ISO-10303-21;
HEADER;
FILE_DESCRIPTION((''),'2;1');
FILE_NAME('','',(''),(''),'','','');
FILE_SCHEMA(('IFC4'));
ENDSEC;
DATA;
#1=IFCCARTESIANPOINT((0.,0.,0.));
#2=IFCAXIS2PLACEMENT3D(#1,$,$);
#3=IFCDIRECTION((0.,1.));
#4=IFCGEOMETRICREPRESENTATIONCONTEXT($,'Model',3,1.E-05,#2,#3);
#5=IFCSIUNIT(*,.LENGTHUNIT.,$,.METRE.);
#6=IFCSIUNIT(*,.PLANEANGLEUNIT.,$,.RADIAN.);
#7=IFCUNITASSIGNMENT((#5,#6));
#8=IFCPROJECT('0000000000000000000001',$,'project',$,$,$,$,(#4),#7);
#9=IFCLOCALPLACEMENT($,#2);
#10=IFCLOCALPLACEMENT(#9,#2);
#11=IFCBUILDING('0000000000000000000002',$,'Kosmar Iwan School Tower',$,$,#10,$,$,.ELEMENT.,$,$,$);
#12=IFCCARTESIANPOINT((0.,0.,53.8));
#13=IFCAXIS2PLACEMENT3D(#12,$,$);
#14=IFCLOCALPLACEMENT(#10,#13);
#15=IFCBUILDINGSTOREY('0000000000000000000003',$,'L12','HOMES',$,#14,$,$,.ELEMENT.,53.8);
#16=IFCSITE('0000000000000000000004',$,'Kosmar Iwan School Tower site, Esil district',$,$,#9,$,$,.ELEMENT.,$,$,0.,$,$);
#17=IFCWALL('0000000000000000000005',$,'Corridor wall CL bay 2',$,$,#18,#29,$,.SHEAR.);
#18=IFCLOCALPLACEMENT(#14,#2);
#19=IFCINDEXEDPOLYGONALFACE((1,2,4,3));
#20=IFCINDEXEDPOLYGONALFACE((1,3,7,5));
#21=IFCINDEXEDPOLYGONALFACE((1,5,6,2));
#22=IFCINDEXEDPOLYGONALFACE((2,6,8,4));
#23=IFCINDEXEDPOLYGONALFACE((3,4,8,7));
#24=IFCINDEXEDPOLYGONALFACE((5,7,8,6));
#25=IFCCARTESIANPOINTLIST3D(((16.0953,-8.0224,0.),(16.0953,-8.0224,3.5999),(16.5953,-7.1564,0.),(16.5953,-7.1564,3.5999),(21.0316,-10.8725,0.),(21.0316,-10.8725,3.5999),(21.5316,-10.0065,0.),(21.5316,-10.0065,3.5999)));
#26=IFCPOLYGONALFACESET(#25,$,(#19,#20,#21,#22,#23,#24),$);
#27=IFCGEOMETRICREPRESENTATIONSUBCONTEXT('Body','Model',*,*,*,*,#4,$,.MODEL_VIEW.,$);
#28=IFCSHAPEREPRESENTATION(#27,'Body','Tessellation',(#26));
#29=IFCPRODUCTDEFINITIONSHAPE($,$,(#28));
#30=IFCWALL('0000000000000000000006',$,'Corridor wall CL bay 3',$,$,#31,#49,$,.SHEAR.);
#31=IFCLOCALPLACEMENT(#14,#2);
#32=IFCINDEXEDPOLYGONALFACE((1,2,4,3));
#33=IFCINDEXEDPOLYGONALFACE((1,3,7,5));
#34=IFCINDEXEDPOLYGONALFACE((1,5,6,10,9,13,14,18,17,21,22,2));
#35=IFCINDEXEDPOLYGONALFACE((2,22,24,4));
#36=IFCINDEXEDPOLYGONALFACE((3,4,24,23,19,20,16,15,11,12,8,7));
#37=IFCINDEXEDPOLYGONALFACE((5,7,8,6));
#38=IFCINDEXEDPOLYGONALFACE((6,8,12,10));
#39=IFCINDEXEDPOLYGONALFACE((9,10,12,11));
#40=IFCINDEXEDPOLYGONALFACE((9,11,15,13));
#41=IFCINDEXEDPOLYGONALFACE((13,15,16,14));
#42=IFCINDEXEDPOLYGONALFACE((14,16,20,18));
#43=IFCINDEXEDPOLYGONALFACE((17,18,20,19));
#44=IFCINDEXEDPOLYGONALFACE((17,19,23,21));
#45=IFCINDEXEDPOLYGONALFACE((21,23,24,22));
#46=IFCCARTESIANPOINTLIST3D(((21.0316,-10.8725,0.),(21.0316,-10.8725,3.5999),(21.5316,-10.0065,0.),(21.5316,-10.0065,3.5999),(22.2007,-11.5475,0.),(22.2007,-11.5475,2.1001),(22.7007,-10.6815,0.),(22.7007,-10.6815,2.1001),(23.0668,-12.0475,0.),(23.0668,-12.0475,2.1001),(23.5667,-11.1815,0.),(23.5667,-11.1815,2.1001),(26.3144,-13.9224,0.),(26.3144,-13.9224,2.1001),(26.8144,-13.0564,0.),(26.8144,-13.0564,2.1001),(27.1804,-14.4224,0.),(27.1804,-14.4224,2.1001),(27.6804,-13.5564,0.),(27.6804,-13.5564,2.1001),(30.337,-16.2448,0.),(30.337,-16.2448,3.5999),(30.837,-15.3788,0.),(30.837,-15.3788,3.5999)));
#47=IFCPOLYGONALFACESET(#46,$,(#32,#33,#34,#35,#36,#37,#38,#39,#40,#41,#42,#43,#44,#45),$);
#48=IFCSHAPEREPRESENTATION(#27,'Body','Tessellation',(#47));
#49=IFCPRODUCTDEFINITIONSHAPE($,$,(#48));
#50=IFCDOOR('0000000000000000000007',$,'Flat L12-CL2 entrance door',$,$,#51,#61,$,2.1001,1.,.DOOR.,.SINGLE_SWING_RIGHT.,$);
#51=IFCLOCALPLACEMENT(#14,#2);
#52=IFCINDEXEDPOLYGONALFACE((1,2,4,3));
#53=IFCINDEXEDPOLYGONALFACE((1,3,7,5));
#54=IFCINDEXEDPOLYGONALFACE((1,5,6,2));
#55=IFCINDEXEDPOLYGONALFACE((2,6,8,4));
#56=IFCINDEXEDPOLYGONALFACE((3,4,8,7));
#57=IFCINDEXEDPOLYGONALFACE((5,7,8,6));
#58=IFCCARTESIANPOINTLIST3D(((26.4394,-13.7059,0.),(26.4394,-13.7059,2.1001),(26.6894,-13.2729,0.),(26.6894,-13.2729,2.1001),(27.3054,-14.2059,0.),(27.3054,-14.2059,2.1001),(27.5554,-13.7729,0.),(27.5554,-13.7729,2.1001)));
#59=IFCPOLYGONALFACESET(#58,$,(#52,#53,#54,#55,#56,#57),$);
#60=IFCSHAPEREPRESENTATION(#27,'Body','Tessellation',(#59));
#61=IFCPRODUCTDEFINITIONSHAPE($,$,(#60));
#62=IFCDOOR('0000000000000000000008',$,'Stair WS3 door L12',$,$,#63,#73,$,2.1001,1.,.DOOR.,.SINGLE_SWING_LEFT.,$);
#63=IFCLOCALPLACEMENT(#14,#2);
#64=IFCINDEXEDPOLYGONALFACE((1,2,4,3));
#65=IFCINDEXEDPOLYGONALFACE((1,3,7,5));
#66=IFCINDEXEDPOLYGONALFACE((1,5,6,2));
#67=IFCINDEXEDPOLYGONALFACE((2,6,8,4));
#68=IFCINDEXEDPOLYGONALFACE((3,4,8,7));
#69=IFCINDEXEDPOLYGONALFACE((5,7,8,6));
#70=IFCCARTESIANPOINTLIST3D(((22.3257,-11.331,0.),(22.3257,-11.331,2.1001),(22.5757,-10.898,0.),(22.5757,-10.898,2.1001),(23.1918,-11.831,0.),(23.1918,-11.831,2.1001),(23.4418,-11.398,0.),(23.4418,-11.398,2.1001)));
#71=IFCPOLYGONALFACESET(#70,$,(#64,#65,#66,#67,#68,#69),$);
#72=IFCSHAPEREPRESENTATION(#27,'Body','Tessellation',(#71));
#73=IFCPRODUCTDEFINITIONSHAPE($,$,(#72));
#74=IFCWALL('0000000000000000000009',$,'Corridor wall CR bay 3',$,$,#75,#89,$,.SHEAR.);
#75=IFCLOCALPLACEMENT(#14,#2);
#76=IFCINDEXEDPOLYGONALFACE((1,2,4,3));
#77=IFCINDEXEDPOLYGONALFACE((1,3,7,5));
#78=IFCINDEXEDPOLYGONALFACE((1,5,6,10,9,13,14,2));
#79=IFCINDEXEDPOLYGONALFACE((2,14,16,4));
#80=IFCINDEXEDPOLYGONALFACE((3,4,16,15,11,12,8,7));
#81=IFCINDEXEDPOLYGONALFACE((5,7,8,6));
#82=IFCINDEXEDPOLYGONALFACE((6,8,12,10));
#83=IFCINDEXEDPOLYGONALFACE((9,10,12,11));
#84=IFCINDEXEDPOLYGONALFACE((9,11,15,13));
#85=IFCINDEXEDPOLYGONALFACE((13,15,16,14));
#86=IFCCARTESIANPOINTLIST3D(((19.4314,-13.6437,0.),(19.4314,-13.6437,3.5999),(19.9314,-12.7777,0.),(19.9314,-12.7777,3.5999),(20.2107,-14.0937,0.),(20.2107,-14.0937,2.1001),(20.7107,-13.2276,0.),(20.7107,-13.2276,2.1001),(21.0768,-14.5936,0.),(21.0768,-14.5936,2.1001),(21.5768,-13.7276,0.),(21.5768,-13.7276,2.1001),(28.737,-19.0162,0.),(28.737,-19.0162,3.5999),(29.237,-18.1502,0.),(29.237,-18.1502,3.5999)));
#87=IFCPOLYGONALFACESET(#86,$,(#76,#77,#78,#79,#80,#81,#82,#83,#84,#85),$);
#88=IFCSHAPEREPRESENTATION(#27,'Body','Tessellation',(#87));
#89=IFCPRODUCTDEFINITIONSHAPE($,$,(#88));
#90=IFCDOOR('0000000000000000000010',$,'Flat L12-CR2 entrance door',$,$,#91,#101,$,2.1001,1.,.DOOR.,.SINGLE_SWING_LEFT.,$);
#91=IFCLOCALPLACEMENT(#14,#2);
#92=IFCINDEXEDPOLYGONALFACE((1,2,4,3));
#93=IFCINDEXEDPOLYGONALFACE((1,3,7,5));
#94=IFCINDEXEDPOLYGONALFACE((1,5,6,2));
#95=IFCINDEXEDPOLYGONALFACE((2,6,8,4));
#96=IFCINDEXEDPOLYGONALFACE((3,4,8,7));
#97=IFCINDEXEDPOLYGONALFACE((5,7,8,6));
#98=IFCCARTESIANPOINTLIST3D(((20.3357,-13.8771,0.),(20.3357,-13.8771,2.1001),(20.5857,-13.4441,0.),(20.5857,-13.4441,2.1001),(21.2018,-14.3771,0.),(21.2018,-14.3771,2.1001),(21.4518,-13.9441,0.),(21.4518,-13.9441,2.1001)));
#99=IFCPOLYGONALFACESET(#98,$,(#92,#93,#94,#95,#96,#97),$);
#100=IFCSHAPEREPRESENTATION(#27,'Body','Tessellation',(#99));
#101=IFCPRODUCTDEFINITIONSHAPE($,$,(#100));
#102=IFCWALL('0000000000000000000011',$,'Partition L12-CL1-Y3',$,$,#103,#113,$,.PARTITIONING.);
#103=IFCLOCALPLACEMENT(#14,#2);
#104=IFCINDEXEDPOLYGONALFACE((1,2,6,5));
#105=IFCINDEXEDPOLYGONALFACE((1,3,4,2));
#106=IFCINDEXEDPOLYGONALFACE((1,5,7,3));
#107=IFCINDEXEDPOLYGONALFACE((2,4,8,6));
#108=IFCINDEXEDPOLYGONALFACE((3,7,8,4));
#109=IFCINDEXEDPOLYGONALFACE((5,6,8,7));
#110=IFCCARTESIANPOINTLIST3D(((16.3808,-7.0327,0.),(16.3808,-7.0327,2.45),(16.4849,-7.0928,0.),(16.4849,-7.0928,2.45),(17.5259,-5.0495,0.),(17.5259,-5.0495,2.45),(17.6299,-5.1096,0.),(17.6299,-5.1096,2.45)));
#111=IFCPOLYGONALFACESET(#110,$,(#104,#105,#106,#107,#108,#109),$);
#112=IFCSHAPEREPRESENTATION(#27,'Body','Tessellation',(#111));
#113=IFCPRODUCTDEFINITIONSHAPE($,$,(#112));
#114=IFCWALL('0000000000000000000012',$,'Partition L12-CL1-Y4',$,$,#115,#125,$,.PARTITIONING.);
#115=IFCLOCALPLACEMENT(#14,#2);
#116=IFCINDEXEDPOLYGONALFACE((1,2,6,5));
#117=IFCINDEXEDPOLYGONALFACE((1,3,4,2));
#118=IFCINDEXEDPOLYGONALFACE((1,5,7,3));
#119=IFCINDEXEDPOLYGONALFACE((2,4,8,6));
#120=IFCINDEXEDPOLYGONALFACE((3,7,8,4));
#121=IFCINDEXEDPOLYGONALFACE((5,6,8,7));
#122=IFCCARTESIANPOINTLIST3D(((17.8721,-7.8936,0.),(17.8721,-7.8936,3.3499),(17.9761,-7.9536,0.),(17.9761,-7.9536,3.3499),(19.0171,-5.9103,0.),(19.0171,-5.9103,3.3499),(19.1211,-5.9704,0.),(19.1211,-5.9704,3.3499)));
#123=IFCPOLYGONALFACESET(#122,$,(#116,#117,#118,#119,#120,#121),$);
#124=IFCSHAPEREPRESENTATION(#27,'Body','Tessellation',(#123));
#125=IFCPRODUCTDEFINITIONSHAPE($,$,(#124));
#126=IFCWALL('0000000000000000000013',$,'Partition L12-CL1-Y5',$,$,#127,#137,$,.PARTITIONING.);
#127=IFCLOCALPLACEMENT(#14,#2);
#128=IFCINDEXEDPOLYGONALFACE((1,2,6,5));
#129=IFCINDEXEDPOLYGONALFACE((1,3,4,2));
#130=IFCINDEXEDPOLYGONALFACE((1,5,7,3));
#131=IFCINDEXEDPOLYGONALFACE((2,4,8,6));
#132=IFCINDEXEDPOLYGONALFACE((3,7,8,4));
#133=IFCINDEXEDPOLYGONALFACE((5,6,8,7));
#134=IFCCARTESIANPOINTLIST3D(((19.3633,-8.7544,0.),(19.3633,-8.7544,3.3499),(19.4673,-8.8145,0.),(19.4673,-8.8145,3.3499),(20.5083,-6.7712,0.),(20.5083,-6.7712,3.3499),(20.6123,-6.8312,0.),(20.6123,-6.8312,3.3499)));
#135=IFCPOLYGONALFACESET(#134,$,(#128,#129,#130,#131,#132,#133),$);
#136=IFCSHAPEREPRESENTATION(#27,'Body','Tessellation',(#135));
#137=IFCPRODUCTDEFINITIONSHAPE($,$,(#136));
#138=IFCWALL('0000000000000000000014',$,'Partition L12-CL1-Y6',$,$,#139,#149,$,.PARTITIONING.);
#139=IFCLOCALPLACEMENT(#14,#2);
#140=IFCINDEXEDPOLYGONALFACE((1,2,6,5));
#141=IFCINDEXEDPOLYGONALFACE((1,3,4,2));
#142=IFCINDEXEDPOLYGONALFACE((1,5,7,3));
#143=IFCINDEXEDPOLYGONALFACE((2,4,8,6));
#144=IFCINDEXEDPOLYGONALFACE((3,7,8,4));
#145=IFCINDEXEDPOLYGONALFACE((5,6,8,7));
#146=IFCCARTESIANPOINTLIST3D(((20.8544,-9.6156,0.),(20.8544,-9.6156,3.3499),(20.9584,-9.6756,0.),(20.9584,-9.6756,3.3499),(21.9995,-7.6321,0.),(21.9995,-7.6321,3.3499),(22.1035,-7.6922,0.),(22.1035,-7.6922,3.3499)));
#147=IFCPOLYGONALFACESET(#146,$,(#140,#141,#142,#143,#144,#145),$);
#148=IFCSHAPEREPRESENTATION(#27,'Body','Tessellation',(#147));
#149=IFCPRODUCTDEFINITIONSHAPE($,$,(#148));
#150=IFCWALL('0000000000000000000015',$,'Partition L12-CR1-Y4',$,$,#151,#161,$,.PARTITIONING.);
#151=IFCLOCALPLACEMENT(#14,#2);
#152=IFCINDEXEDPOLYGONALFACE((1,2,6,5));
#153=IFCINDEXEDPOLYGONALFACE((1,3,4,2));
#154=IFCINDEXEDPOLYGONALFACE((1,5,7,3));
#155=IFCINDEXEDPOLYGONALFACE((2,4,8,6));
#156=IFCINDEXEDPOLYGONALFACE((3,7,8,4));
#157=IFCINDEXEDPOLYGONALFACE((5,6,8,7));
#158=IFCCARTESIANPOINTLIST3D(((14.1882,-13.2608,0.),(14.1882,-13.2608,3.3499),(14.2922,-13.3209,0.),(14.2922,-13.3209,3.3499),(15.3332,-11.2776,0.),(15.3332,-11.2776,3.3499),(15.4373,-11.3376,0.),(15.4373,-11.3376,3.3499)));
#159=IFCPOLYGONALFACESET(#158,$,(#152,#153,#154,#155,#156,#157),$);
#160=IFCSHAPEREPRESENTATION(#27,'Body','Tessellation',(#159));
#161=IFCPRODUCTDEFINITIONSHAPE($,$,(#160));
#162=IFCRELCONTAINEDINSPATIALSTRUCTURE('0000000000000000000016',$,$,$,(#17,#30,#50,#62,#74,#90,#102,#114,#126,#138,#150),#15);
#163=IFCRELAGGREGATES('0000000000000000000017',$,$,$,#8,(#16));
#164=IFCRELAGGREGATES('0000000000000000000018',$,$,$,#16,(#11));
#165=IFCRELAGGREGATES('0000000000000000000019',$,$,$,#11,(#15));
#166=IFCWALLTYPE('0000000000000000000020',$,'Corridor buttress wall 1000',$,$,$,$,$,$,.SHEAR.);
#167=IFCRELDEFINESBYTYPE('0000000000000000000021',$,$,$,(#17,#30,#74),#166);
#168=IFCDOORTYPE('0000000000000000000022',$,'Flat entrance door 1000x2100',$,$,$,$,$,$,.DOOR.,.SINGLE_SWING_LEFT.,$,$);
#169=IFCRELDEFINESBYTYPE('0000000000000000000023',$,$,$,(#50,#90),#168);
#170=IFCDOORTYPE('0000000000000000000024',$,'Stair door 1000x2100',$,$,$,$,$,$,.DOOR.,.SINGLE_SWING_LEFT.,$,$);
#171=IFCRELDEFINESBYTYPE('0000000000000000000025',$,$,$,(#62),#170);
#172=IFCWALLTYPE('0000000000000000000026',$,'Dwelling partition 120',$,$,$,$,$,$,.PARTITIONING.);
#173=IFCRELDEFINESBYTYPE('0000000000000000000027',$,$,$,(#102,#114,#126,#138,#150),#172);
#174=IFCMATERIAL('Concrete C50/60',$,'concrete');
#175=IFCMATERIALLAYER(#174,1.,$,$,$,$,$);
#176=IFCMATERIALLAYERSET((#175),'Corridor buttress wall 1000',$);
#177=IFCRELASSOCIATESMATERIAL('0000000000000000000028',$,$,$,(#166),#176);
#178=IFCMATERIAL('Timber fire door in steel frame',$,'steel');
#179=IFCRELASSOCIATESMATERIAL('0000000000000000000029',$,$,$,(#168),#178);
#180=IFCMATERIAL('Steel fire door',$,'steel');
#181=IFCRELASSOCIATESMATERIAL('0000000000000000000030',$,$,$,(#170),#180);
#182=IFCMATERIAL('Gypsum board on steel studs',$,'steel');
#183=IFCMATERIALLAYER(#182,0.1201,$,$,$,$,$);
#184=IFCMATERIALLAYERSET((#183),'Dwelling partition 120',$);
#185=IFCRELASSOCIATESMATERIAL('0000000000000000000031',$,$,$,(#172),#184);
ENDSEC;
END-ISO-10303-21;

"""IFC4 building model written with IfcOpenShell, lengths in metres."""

from ifc_helpers import new_model, si_unit, direction, frame, frame_2d, origin, place, context, subcontext, project, spatial, rectangle, extrude, material, layer, layer_set, type_object, element, fill, save


model = new_model("IFC4")

# Units and contexts
model_context = context("Model", 3, precision=1e-05, world=origin(), true_north=direction((0.0, 1.0)))
body_context = subcontext(model_context, "Body", "Model", "MODEL_VIEW")
ifc_project = project(units=[si_unit("LENGTHUNIT", "METRE"), si_unit("PLANEANGLEUNIT", "RADIAN")], contexts=[model_context])

# Site, building, storey
site_placement = place(None, origin())
site = spatial("IfcSite", under=ifc_project, at=site_placement, Name="Kosmar Iwan School Tower site, Esil district", CompositionType="ELEMENT", RefElevation=0.0)
building_placement = place(site_placement, origin())
building = spatial("IfcBuilding", under=site, at=building_placement, Name="Kosmar Iwan School Tower", CompositionType="ELEMENT")
storey_placement = place(building_placement, frame((0.0, 0.0, 53.8)))
storey = spatial("IfcBuildingStorey", under=building, at=storey_placement, Name="L12", Description="HOMES", CompositionType="ELEMENT", Elevation=53.8)

# Wall
ifc_material_1 = material(Name="Concrete C50/60", Category="concrete")
ifc_layer_1 = layer(ifc_material_1, 1.0)
ifc_layer_set_1 = layer_set([ifc_layer_1], Name="Corridor buttress wall 1000")
wall_type_1 = type_object("IfcWallType", Name="Corridor buttress wall 1000", PredefinedType="SHEAR", material=ifc_layer_set_1)
wall_1_placement = place(storey_placement, frame((16.3452, -7.5894, 0.0), z_axis=(0.0, 0.0, 1.0), x_axis=(0.866015, -0.500018, 0.0)))
element("IfcWall", 1, at=wall_1_placement, inside=storey, type_object=wall_type_1, Name="Corridor wall CL bay 2", PredefinedType="SHEAR", context=body_context, shape_type="SweptSolid", body=[
    extrude(rectangle(XDim=5.7, YDim=1.0, at=frame_2d((2.8501, 0.0))), origin(), (0.0, 0.0, 1.0), 3.5999),
])

# Wall, openings, doors
wall_2_placement = place(storey_placement, frame((21.2815, -10.4395, 0.0), z_axis=(0.0, 0.0, 1.0), x_axis=(0.866032, -0.499988, 0.0)))
wall_2 = element("IfcWall", 2, at=wall_2_placement, inside=storey, type_object=wall_type_1, Name="Corridor wall CL bay 3", PredefinedType="SHEAR", context=body_context, shape_type="SweptSolid", body=[
    extrude(rectangle(XDim=10.7449, YDim=1.0, at=frame_2d((5.3726, 0.0))), origin(), (0.0, 0.0, 1.0), 3.5999),
])
opening_1_placement = place(wall_2_placement, frame((6.1001, 0.0, 0.0)))
opening_1 = element("IfcOpeningElement", 3, at=opening_1_placement, cuts=wall_2, PredefinedType="OPENING", context=body_context, shape_type="SweptSolid", body=[
    extrude(rectangle(XDim=1.0, YDim=2.1001, at=frame_2d((0.5, 1.05))), frame((0.0, 0.512, 0.0), z_axis=(0.0, -1.0, 0.0), x_axis=(1.0, 0.0, 0.0)), (0.0, 0.0, 1.0), 1.0239),
])
opening_2_placement = place(wall_2_placement, frame((1.3501, 0.0, 0.0)))
opening_2 = element("IfcOpeningElement", 4, at=opening_2_placement, cuts=wall_2, PredefinedType="OPENING", context=body_context, shape_type="SweptSolid", body=[
    extrude(rectangle(XDim=1.0, YDim=2.1001, at=frame_2d((0.5, 1.05))), frame((0.0, 0.512, 0.0), z_axis=(0.0, -1.0, 0.0), x_axis=(1.0, 0.0, 0.0)), (0.0, 0.0, 1.0), 1.0239),
])
ifc_material_2 = material(Name="Timber fire door in steel frame", Category="steel")
door_type_1 = type_object("IfcDoorType", Name="Flat entrance door 1000x2100", OperationType="SINGLE_SWING_LEFT", PredefinedType="DOOR", material=ifc_material_2)
door_1_placement = place(opening_1_placement, origin())
door_1 = element("IfcDoor", 5, at=door_1_placement, inside=storey, type_object=door_type_1, Name="Flat L12-CL2 entrance door", OperationType="SINGLE_SWING_RIGHT", OverallHeight=2.1001, OverallWidth=1.0, PredefinedType="DOOR", context=body_context, shape_type="SweptSolid", body=[
    extrude(rectangle(XDim=1.0, YDim=2.1001, at=frame_2d((0.5, 1.05))), frame((0.0, 0.25, 0.0), z_axis=(0.0, -1.0, 0.0), x_axis=(1.0, 0.0, 0.0)), (0.0, 0.0, 1.0), 0.5),
])
fill(opening_1, door_1)
ifc_material_3 = material(Name="Steel fire door", Category="steel")
door_type_2 = type_object("IfcDoorType", Name="Stair door 1000x2100", OperationType="SINGLE_SWING_LEFT", PredefinedType="DOOR", material=ifc_material_3)
door_2_placement = place(opening_2_placement, origin())
door_2 = element("IfcDoor", 6, at=door_2_placement, inside=storey, type_object=door_type_2, Name="Stair WS3 door L12", OperationType="SINGLE_SWING_LEFT", OverallHeight=2.1001, OverallWidth=1.0, PredefinedType="DOOR", context=body_context, shape_type="SweptSolid", body=[
    extrude(rectangle(XDim=1.0, YDim=2.1001, at=frame_2d((0.5, 1.05))), frame((0.0, 0.25, 0.0), z_axis=(0.0, -1.0, 0.0), x_axis=(1.0, 0.0, 0.0)), (0.0, 0.0, 1.0), 0.5),
])
fill(opening_2, door_2)

# Wall, opening, door
wall_3_placement = place(storey_placement, frame((19.6814, -13.2107, 0.0), z_axis=(0.0, 0.0, 1.0), x_axis=(0.866028, -0.499995, 0.0)))
wall_3 = element("IfcWall", 7, at=wall_3_placement, inside=storey, type_object=wall_type_1, Name="Corridor wall CR bay 3", PredefinedType="SHEAR", context=body_context, shape_type="SweptSolid", body=[
    extrude(rectangle(XDim=10.7451, YDim=1.0, at=frame_2d((5.3726, 0.0))), origin(), (0.0, 0.0, 1.0), 3.5999),
])
opening_3_placement = place(wall_3_placement, frame((0.8999, 0.0, 0.0)))
opening_3 = element("IfcOpeningElement", 8, at=opening_3_placement, cuts=wall_3, PredefinedType="OPENING", context=body_context, shape_type="SweptSolid", body=[
    extrude(rectangle(XDim=1.0, YDim=2.1001, at=frame_2d((0.5, 1.05))), frame((0.0, 0.512, 0.0), z_axis=(0.0, -1.0, 0.0), x_axis=(1.0, 0.0, 0.0)), (0.0, 0.0, 1.0), 1.0239),
])
door_3_placement = place(opening_3_placement, origin())
door_3 = element("IfcDoor", 9, at=door_3_placement, inside=storey, type_object=door_type_1, Name="Flat L12-CR2 entrance door", OperationType="SINGLE_SWING_LEFT", OverallHeight=2.1001, OverallWidth=1.0, PredefinedType="DOOR", context=body_context, shape_type="SweptSolid", body=[
    extrude(rectangle(XDim=1.0, YDim=2.1001, at=frame_2d((0.5, 1.05))), frame((0.0, 0.25, 0.0), z_axis=(0.0, -1.0, 0.0), x_axis=(1.0, 0.0, 0.0)), (0.0, 0.0, 1.0), 0.5),
])
fill(opening_3, door_3)

# Walls
ifc_material_4 = material(Name="Gypsum board on steel studs", Category="steel")
ifc_layer_2 = layer(ifc_material_4, 0.1201)
ifc_layer_set_2 = layer_set([ifc_layer_2], Name="Dwelling partition 120")
wall_type_2 = type_object("IfcWallType", Name="Dwelling partition 120", PredefinedType="PARTITIONING", material=ifc_layer_set_2)
wall_4_placement = place(storey_placement, frame((16.4329, -7.0627, 0.0), z_axis=(0.0, 0.0, 1.0), x_axis=(0.500015, 0.866017, 0.0)))
element("IfcWall", 10, at=wall_4_placement, inside=storey, type_object=wall_type_2, Name="Partition L12-CL1-Y3", PredefinedType="PARTITIONING", context=body_context, shape_type="SweptSolid", body=[
    extrude(rectangle(XDim=2.29, YDim=0.1201, at=frame_2d((1.145, 0.0))), origin(), (0.0, 0.0, 1.0), 2.45),
])
for number, where, z_axis, x_axis, name in (
    (11, (17.9241, -7.9236, 0.0), (0.0, 0.0, 1.0), (0.500015, 0.866017, 0.0), "Partition L12-CL1-Y4"),
    (12, (19.4153, -8.7844, 0.0), (0.0, 0.0, 1.0), (0.500015, 0.866017, 0.0), "Partition L12-CL1-Y5"),
):
    element("IfcWall", number, at=place(storey_placement, frame(where, z_axis=z_axis, x_axis=x_axis)), inside=storey, type_object=wall_type_2, Name=name, PredefinedType="PARTITIONING", context=body_context, shape_type="SweptSolid", body=[
        extrude(rectangle(XDim=2.29, YDim=0.1201, at=frame_2d((1.145, 0.0))), origin(), (0.0, 0.0, 1.0), 3.3499),
    ])
wall_5_placement = place(storey_placement, frame((20.9065, -9.6455, 0.0), z_axis=(0.0, 0.0, 1.0), x_axis=(0.499969, 0.866044, 0.0)))
element("IfcWall", 13, at=wall_5_placement, inside=storey, type_object=wall_type_2, Name="Partition L12-CL1-Y6", PredefinedType="PARTITIONING", context=body_context, shape_type="SweptSolid", body=[
    extrude(rectangle(XDim=2.2903, YDim=0.1201, at=frame_2d((1.145, 0.0))), origin(), (0.0, 0.0, 1.0), 3.3499),
])
wall_6_placement = place(storey_placement, frame((15.3853, -11.3076, 0.0), z_axis=(0.0, 0.0, 1.0), x_axis=(-0.500015, -0.866017, 0.0)))
element("IfcWall", 14, at=wall_6_placement, inside=storey, type_object=wall_type_2, Name="Partition L12-CR1-Y4", PredefinedType="PARTITIONING", context=body_context, shape_type="SweptSolid", body=[
    extrude(rectangle(XDim=2.29, YDim=0.1201, at=frame_2d((1.145, 0.0))), origin(), (0.0, 0.0, 1.0), 3.3499),
])

save(model, "model.ifc")
